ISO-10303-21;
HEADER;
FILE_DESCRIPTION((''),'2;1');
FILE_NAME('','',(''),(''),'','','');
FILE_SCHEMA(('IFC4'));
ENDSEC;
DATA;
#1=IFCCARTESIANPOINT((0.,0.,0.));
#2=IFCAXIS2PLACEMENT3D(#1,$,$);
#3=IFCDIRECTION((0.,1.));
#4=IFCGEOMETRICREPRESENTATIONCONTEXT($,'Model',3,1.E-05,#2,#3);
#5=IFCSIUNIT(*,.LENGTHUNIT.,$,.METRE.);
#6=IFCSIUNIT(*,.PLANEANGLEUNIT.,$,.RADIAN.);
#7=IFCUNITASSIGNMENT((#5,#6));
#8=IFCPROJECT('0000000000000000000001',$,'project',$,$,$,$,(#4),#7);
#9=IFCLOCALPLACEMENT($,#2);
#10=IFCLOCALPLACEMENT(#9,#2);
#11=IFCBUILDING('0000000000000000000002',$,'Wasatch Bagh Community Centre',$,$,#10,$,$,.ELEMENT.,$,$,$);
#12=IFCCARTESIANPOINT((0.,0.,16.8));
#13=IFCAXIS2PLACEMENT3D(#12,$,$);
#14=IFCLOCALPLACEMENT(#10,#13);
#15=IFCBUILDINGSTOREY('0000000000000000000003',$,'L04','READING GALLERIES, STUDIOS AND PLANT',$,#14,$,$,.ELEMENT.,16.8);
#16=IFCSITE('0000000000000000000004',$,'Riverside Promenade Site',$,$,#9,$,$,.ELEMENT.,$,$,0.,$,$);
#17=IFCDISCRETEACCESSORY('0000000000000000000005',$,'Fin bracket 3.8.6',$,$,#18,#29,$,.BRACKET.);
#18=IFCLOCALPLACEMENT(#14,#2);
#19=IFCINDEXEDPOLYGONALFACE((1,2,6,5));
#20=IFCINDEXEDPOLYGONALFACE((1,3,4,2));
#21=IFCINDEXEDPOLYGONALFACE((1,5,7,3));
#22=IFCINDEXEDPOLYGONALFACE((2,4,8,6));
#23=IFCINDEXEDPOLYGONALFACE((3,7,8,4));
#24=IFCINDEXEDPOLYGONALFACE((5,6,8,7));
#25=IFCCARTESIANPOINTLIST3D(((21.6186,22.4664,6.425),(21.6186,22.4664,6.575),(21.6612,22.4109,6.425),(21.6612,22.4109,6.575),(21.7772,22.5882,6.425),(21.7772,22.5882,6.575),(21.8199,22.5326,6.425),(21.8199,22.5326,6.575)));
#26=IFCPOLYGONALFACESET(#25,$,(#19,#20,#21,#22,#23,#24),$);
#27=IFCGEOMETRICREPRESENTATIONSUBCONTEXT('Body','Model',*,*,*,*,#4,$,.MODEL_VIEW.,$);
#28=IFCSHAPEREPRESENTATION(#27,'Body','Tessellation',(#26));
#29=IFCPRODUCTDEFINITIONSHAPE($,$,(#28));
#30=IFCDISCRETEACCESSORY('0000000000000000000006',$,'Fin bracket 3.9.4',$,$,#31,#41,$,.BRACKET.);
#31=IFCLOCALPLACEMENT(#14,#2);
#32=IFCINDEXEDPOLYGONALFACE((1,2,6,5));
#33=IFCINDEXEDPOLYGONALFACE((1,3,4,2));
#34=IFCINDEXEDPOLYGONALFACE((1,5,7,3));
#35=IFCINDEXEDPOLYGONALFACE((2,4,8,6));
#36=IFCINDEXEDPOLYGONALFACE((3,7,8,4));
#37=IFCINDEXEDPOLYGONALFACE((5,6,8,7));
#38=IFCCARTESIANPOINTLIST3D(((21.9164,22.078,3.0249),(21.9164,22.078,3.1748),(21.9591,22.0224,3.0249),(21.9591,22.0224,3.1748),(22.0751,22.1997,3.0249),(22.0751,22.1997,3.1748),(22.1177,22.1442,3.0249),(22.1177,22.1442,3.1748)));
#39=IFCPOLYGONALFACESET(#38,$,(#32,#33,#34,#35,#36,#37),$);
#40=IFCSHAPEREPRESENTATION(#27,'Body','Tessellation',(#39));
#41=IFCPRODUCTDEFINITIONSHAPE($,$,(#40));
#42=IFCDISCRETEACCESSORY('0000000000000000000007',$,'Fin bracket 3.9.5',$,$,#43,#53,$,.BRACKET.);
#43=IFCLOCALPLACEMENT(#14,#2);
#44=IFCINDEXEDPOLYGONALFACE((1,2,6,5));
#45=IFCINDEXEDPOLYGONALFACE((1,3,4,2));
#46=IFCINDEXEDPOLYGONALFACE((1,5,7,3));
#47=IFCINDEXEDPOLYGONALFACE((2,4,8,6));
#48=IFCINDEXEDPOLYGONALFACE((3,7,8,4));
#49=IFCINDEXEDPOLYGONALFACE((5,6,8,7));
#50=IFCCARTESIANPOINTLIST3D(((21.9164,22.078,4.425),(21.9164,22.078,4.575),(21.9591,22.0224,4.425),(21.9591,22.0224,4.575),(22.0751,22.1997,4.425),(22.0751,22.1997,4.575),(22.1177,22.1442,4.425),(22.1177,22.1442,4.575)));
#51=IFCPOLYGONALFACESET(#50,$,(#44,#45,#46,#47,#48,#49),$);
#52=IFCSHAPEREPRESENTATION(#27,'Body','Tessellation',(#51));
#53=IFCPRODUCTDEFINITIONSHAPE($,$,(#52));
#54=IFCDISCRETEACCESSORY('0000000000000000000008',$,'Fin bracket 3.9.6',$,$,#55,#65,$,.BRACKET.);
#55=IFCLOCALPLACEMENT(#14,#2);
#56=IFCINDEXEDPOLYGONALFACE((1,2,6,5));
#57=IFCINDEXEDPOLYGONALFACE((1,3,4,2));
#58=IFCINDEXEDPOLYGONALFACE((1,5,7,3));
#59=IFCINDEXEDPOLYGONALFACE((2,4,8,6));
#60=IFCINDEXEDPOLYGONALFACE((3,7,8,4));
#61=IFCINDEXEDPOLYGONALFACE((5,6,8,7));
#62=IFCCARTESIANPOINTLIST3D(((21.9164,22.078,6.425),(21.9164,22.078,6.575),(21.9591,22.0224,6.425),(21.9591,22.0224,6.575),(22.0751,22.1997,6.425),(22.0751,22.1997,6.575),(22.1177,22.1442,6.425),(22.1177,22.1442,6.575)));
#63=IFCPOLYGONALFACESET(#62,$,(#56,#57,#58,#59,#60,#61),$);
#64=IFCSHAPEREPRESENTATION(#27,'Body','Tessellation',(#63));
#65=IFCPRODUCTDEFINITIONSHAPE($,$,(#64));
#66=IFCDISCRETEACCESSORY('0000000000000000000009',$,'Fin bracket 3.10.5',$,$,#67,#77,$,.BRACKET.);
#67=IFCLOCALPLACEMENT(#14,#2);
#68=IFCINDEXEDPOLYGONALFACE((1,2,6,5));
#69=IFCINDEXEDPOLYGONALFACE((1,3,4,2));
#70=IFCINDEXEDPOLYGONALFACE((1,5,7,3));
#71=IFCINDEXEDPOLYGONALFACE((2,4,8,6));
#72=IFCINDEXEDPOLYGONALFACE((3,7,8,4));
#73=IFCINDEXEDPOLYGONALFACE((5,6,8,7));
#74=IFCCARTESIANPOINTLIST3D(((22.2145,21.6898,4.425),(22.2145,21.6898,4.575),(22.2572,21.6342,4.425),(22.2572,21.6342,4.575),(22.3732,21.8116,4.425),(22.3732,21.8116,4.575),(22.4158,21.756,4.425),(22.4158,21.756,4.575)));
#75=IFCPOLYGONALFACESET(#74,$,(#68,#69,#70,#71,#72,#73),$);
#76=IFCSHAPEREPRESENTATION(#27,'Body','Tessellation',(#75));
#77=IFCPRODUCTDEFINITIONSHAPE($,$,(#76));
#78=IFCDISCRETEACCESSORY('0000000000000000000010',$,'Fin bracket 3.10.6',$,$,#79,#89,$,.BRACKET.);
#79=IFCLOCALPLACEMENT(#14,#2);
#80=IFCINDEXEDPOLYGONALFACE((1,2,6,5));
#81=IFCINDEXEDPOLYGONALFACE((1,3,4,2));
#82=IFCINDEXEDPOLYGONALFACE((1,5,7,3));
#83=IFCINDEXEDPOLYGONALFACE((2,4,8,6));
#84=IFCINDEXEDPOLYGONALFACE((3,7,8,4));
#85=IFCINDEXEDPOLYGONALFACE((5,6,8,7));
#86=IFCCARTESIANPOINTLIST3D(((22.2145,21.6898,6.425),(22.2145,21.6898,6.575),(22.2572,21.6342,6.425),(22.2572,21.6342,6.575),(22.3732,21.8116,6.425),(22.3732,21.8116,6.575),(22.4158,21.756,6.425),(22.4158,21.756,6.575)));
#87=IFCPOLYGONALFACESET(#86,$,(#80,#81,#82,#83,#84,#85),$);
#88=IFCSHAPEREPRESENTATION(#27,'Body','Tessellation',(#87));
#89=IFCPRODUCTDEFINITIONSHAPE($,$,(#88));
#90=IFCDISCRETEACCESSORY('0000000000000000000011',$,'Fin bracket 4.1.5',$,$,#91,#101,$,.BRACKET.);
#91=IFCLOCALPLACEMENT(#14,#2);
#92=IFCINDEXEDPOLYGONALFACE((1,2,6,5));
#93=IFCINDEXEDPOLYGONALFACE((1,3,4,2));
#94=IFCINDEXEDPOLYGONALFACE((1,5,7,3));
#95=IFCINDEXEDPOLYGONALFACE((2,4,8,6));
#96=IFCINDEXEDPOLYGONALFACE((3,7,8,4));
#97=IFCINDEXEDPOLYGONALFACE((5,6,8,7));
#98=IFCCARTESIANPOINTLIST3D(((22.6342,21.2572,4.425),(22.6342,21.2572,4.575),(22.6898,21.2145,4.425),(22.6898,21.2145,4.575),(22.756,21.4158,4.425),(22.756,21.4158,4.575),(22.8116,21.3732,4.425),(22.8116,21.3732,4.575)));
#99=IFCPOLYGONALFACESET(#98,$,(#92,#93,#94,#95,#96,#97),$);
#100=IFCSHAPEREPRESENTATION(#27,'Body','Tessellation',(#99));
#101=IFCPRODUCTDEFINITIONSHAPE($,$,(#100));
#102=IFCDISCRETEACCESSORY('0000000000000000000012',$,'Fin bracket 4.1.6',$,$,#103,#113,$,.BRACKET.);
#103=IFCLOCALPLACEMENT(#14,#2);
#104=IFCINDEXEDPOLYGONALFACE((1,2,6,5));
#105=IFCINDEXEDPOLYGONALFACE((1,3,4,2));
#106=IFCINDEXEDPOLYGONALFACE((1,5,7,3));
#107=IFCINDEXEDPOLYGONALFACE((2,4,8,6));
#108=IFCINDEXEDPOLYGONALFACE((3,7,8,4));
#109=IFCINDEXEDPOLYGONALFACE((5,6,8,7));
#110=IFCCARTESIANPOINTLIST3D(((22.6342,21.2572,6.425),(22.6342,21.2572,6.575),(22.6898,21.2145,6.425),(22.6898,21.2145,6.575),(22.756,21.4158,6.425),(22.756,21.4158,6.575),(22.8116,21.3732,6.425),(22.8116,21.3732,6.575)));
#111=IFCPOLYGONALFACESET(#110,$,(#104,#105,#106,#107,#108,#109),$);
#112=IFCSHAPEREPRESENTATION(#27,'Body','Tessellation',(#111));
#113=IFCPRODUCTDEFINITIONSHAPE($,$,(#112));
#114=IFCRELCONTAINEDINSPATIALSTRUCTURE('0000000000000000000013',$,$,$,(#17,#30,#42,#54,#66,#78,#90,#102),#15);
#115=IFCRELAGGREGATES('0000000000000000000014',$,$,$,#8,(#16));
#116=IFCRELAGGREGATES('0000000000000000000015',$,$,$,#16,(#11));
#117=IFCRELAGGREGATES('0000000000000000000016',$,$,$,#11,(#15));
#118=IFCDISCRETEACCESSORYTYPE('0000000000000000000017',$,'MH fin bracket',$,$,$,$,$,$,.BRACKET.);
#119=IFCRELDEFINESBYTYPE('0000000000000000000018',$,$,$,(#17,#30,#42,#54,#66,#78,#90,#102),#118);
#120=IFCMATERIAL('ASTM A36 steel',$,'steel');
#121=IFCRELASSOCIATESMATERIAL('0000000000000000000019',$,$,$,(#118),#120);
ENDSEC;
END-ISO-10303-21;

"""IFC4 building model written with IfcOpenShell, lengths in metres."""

from ifc_helpers import new_model, si_unit, direction, frame, origin, origin_2d, place, context, subcontext, project, spatial, rectangle, extrude, material, type_object, element, save


model = new_model("IFC4")

# Units and contexts
model_context = context("Model", 3, precision=1e-05, world=origin(), true_north=direction((0.0, 1.0)))
body_context = subcontext(model_context, "Body", "Model", "MODEL_VIEW")
ifc_project = project(units=[si_unit("LENGTHUNIT", "METRE"), si_unit("PLANEANGLEUNIT", "RADIAN")], contexts=[model_context])

# Site, building, storey
site_placement = place(None, origin())
site = spatial("IfcSite", under=ifc_project, at=site_placement, Name="Riverside Promenade Site", CompositionType="ELEMENT", RefElevation=0.0)
building_placement = place(site_placement, origin())
building = spatial("IfcBuilding", under=site, at=building_placement, Name="Wasatch Bagh Community Centre", CompositionType="ELEMENT")
storey_placement = place(building_placement, frame((0.0, 0.0, 16.8)))
storey = spatial("IfcBuildingStorey", under=building, at=storey_placement, Name="L04", Description="READING GALLERIES, STUDIOS AND PLANT", CompositionType="ELEMENT", Elevation=16.8)

# Discrete accessories
ifc_material_1 = material(Name="ASTM A36 steel", Category="steel")
discrete_accessory_type = type_object("IfcDiscreteAccessoryType", Name="MH fin bracket", PredefinedType="BRACKET", material=ifc_material_1)
for number, where, z_axis, x_axis, name in (
    (1, (21.7192, 22.4995, 6.425), (0.0, 0.0, 1.0), (0.608761, -0.793353, 0.0), "Fin bracket 3.8.6"),
    (2, (22.0171, 22.1111, 3.0249), (0.0, 0.0, 1.0), (0.608761, -0.793353, 0.0), "Fin bracket 3.9.4"),
    (3, (22.0171, 22.1111, 4.425), (0.0, 0.0, 1.0), (0.608761, -0.793353, 0.0), "Fin bracket 3.9.5"),
    (4, (22.0171, 22.1111, 6.425), (0.0, 0.0, 1.0), (0.608761, -0.793353, 0.0), "Fin bracket 3.9.6"),
    (5, (22.3152, 21.7229, 4.425), (0.0, 0.0, 1.0), (0.608761, -0.793353, 0.0), "Fin bracket 3.10.5"),
    (6, (22.3152, 21.7229, 6.425), (0.0, 0.0, 1.0), (0.608761, -0.793353, 0.0), "Fin bracket 3.10.6"),
    (7, (22.7229, 21.3152, 4.425), (0.0, 0.0, 1.0), (0.793353, -0.608761, 0.0), "Fin bracket 4.1.5"),
    (8, (22.7229, 21.3152, 6.425), (0.0, 0.0, 1.0), (0.793353, -0.608761, 0.0), "Fin bracket 4.1.6"),
):
    element("IfcDiscreteAccessory", number, at=place(storey_placement, frame(where, z_axis=z_axis, x_axis=x_axis)), inside=storey, type_object=discrete_accessory_type, Name=name, PredefinedType="BRACKET", context=body_context, shape_type="SweptSolid", body=[
        extrude(rectangle(XDim=0.0701, YDim=0.2, at=origin_2d()), origin(), (0.0, 0.0, 1.0), 0.1499),
    ])

save(model, "model.ifc")
